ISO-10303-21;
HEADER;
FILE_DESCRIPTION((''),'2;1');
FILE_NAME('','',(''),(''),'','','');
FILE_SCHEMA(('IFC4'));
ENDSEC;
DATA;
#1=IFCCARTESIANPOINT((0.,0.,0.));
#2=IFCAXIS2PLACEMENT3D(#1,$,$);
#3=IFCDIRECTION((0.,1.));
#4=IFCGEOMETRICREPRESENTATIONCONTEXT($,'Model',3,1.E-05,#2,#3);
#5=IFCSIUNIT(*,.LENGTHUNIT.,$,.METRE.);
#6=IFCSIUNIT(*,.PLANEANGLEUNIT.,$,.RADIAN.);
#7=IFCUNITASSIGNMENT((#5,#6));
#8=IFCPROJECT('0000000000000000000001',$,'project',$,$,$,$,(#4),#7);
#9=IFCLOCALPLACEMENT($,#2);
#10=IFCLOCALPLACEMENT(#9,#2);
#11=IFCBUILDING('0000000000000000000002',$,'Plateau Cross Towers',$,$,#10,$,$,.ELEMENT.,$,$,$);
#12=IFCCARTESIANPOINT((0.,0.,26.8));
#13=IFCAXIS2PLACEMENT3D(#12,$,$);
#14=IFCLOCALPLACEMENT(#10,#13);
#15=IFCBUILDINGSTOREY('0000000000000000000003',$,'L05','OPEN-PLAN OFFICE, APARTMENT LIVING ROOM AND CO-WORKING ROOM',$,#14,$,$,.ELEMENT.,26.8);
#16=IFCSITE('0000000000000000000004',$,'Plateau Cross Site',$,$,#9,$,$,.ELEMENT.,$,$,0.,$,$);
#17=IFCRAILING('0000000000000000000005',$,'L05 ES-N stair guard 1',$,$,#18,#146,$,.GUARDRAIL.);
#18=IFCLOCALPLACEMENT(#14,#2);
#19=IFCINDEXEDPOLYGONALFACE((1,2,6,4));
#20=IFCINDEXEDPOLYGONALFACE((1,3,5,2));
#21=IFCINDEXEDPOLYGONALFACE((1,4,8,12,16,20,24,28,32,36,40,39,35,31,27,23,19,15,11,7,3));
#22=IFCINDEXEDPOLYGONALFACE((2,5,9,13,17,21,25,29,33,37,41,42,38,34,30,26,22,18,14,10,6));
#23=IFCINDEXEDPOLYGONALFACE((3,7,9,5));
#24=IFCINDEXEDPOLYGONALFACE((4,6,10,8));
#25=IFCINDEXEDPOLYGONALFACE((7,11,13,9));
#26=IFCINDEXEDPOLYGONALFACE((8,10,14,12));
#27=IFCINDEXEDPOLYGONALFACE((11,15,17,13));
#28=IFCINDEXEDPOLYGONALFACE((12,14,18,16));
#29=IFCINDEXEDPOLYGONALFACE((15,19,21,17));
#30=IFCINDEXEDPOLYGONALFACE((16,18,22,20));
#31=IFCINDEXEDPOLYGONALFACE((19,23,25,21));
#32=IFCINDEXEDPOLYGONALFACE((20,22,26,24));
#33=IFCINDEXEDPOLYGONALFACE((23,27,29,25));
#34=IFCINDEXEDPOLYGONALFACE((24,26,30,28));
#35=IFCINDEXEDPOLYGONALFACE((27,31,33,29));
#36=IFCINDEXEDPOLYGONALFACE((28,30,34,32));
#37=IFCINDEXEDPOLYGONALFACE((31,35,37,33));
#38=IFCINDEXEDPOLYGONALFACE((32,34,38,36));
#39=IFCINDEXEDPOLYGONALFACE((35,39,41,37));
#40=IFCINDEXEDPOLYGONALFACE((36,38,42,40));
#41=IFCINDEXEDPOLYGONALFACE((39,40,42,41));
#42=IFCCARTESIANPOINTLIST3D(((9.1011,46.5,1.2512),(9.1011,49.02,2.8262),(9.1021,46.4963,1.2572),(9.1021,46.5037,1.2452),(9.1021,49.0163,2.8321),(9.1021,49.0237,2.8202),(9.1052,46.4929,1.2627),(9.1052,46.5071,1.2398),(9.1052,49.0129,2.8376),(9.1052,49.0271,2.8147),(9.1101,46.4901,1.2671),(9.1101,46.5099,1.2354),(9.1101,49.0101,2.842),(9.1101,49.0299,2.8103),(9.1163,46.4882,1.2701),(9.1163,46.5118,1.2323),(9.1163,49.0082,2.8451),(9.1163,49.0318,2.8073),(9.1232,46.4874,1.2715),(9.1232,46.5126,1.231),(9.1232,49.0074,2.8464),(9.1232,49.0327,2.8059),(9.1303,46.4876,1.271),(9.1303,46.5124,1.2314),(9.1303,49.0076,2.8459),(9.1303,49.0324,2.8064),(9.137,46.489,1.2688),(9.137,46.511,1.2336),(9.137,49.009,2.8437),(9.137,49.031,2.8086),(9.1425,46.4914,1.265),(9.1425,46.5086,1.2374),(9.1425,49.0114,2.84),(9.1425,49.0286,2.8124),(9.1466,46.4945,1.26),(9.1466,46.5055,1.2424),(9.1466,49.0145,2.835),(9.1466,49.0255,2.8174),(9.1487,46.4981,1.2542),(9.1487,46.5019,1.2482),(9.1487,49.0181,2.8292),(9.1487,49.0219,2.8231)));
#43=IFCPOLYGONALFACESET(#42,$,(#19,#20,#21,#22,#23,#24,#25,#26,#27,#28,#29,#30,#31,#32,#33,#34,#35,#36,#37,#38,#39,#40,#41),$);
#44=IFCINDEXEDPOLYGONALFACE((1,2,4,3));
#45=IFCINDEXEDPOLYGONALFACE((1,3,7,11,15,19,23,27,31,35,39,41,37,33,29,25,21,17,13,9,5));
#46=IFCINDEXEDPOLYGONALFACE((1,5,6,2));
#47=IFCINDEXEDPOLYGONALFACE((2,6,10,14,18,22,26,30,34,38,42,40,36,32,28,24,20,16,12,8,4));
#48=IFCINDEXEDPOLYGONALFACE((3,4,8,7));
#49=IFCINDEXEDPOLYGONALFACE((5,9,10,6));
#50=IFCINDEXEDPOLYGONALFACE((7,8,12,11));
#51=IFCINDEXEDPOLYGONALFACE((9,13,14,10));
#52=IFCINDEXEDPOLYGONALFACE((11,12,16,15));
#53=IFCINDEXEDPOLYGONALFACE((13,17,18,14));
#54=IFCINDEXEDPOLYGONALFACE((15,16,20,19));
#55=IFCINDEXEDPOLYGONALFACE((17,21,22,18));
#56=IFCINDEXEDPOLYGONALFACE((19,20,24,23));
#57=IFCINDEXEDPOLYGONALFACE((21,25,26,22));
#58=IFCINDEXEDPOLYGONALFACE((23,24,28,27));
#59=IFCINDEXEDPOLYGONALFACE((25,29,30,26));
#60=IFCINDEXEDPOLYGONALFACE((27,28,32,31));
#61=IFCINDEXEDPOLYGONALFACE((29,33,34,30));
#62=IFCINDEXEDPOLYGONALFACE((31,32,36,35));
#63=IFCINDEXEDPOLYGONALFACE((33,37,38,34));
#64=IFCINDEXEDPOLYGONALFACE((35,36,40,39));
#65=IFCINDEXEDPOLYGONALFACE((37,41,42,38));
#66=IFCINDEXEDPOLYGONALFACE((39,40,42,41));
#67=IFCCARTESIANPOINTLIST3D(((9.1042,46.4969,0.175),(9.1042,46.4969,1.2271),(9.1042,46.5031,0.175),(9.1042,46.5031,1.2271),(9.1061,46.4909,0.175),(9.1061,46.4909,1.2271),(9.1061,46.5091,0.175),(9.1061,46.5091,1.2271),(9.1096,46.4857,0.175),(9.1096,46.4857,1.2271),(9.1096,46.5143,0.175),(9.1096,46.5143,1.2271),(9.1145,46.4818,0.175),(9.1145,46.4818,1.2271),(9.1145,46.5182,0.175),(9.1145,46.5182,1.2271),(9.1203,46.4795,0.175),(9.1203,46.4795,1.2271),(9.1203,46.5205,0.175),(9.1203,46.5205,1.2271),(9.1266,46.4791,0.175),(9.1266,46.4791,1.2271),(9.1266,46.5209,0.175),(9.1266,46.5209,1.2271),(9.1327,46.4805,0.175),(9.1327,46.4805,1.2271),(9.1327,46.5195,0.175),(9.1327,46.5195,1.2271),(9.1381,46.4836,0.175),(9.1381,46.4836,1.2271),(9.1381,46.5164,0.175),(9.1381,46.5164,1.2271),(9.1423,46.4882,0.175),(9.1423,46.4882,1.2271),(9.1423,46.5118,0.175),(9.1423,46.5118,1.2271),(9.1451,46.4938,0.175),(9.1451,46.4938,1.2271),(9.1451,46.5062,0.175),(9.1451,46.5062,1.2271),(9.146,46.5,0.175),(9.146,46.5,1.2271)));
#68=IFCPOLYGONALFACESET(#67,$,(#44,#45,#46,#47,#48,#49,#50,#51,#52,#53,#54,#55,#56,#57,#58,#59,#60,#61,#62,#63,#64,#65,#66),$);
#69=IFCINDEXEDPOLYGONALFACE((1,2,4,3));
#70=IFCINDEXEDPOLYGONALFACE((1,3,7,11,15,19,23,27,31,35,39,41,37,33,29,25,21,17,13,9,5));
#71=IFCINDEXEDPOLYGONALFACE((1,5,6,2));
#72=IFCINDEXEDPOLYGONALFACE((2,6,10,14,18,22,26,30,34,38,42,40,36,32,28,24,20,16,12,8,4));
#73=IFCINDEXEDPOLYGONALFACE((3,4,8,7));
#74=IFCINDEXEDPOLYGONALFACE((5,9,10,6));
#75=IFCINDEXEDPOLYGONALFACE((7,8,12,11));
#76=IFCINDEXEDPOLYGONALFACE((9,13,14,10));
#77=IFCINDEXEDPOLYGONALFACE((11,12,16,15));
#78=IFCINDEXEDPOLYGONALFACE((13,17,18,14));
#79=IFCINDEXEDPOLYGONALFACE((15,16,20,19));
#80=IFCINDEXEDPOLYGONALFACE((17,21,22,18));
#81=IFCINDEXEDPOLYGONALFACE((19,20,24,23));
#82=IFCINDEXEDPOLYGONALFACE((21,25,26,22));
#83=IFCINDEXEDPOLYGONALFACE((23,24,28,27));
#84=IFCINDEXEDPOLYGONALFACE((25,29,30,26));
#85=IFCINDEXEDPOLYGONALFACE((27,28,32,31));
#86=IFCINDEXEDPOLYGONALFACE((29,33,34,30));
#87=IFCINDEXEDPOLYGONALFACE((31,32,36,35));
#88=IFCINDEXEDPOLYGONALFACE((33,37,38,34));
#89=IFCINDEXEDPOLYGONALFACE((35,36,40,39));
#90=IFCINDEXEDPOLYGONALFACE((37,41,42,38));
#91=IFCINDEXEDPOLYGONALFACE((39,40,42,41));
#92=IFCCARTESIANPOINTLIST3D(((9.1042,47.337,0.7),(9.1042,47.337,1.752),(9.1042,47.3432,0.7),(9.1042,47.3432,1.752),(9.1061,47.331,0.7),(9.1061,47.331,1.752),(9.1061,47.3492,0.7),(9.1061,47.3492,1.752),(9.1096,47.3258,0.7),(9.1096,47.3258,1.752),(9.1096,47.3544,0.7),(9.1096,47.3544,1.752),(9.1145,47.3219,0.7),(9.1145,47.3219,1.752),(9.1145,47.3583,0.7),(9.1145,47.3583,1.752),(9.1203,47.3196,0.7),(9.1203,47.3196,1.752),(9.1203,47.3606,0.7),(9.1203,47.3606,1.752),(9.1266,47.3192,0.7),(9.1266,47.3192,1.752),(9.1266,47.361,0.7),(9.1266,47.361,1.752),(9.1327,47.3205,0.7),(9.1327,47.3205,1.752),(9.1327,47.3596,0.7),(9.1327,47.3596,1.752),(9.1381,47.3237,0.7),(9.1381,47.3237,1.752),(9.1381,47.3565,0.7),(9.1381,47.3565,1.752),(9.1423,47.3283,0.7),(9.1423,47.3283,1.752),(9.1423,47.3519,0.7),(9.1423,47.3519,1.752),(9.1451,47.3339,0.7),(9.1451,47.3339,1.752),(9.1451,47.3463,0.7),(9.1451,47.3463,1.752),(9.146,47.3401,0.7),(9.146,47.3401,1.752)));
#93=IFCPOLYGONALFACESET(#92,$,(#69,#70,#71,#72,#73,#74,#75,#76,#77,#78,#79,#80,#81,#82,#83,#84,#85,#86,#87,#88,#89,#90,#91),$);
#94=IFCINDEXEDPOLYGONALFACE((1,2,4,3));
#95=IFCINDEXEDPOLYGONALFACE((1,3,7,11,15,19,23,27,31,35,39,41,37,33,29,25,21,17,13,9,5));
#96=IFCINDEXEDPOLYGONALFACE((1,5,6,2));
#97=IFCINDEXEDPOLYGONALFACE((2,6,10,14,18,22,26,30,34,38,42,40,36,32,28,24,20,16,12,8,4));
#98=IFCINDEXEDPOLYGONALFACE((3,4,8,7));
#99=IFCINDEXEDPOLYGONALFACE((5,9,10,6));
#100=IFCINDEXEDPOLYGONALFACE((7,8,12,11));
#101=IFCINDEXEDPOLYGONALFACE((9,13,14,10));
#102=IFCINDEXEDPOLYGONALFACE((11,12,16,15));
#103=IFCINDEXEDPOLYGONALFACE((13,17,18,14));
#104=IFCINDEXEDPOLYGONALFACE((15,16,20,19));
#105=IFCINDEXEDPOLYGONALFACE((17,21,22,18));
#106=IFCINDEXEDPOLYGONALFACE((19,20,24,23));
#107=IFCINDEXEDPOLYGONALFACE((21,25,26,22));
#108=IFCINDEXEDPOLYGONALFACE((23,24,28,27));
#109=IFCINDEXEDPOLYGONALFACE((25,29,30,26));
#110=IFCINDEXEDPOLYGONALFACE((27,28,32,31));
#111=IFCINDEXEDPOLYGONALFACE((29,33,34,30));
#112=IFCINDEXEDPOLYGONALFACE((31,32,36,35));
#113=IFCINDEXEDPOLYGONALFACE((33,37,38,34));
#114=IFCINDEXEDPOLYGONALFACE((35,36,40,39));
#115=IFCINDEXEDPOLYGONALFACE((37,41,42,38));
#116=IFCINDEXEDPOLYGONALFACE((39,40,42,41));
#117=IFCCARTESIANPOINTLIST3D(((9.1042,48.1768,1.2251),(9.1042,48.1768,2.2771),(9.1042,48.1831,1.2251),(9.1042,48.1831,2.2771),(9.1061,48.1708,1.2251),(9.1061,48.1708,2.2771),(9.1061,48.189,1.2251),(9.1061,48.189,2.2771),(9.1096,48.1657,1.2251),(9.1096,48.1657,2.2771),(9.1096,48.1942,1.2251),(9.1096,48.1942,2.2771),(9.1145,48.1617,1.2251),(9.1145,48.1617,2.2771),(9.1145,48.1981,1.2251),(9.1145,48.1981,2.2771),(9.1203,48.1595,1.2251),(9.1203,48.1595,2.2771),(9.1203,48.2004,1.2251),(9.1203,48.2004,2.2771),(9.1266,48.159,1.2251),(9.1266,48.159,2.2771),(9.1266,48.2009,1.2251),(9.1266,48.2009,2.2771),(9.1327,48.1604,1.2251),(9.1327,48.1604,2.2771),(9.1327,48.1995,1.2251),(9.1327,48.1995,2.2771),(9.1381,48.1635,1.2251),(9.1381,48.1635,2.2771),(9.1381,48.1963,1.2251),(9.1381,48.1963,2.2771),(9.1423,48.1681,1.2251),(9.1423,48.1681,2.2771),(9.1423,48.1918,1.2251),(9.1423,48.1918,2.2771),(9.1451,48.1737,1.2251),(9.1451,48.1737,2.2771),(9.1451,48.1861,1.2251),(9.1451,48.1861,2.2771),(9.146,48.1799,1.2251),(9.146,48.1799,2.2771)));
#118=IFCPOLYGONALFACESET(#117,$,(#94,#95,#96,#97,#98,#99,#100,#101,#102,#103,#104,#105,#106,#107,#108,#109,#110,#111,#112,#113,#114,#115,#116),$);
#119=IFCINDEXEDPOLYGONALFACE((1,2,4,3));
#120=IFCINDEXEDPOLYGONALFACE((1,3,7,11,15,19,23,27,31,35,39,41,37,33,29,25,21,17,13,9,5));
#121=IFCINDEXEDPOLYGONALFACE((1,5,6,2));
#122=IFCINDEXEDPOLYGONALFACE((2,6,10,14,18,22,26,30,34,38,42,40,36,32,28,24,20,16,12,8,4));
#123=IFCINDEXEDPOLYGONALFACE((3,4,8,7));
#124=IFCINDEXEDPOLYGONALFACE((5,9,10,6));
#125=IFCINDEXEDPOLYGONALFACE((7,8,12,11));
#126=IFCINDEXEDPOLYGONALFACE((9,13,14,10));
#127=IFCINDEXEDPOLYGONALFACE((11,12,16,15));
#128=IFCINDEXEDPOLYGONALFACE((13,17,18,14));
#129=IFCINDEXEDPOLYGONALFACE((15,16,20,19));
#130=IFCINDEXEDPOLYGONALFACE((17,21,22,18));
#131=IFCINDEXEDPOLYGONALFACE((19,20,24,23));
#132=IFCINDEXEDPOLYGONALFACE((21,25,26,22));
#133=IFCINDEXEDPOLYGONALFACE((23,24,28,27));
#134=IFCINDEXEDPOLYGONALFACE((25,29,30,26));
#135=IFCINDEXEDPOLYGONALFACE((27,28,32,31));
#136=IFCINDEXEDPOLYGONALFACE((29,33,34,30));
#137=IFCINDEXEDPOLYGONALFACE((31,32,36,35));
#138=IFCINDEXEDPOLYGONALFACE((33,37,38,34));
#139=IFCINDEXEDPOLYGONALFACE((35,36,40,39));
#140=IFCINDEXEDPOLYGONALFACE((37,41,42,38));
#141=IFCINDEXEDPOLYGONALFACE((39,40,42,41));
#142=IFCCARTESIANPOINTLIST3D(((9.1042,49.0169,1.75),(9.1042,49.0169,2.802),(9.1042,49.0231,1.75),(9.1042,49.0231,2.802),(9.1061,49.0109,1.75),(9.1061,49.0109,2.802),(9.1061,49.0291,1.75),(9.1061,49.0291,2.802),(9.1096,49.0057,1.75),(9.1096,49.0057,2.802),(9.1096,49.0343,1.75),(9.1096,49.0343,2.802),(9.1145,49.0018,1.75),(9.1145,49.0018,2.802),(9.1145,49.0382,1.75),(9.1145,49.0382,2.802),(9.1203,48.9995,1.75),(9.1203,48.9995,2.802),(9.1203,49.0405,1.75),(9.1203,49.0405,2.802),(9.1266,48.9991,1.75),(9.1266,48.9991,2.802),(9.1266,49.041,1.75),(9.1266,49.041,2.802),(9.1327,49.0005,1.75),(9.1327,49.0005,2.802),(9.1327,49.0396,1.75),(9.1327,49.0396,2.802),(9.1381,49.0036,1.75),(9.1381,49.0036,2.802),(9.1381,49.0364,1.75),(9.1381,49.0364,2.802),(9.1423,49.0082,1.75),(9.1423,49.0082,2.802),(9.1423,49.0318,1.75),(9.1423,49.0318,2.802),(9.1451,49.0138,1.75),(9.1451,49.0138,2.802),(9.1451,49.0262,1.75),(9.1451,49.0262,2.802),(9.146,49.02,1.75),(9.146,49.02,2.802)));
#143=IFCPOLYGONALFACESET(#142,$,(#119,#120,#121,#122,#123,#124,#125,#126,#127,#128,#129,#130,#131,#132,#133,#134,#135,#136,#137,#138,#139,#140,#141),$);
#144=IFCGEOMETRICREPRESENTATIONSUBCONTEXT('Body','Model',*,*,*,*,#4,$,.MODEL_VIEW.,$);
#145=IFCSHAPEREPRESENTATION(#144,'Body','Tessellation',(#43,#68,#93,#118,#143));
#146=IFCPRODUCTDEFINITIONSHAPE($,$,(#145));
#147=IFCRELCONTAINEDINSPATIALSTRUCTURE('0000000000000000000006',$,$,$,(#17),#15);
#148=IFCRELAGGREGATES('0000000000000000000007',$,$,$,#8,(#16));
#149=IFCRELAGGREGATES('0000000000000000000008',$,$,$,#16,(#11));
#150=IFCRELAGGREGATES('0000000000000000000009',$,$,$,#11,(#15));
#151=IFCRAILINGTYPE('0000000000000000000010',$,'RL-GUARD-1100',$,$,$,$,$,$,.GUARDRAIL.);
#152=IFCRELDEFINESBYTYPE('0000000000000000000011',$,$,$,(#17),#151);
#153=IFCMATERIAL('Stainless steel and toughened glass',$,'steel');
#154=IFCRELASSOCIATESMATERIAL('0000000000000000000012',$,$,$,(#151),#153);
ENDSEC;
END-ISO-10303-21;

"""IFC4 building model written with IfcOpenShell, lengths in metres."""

from ifc_helpers import new_model, si_unit, direction, frame, origin, origin_2d, place, context, subcontext, project, spatial, circle, extrude, material, type_object, element, save


model = new_model("IFC4")

# Units and contexts
model_context = context("Model", 3, precision=1e-05, world=origin(), true_north=direction((0.0, 1.0)))
body_context = subcontext(model_context, "Body", "Model", "MODEL_VIEW")
ifc_project = project(units=[si_unit("LENGTHUNIT", "METRE"), si_unit("PLANEANGLEUNIT", "RADIAN")], contexts=[model_context])

# Site, building, storey
site_placement = place(None, origin())
site = spatial("IfcSite", under=ifc_project, at=site_placement, Name="Plateau Cross Site", CompositionType="ELEMENT", RefElevation=0.0)
building_placement = place(site_placement, origin())
building = spatial("IfcBuilding", under=site, at=building_placement, Name="Plateau Cross Towers", CompositionType="ELEMENT")
storey_placement = place(building_placement, frame((0.0, 0.0, 26.8)))
storey = spatial("IfcBuildingStorey", under=building, at=storey_placement, Name="L05", Description="OPEN-PLAN OFFICE, APARTMENT LIVING ROOM AND CO-WORKING ROOM", CompositionType="ELEMENT", Elevation=26.8)

# Railing
ifc_material_1 = material(Name="Stainless steel and toughened glass", Category="steel")
railing_type_1 = type_object("IfcRailingType", Name="RL-GUARD-1100", PredefinedType="GUARDRAIL", material=ifc_material_1)
railing_1_placement = place(storey_placement, frame((9.125, 46.5, 0.175)))
element("IfcRailing", 1, at=railing_1_placement, inside=storey, type_object=railing_type_1, Name="L05 ES-N stair guard 1", PredefinedType="GUARDRAIL", context=body_context, shape_type="SweptSolid", body=[
    extrude(circle(Radius=0.0239, at=origin_2d()), frame((0.0, 0.0, 1.0762), z_axis=(0.0, 0.848008, 0.529984), x_axis=(-1.0, 0.0, 0.0)), (0.0, 0.0, 1.0), 2.9717),
    extrude(circle(Radius=0.021, at=origin_2d()), origin(), (0.0, 0.0, 1.0), 1.052),
    extrude(circle(Radius=0.021, at=origin_2d()), frame((0.0, 0.8401, 0.5249)), (0.0, 0.0, 1.0), 1.052),
    extrude(circle(Radius=0.021, at=origin_2d()), frame((0.0, 1.6799, 1.05)), (0.0, 0.0, 1.0), 1.052),
    extrude(circle(Radius=0.021, at=origin_2d()), frame((0.0, 2.52, 1.575)), (0.0, 0.0, 1.0), 1.052),
])

save(model, "model.ifc")
